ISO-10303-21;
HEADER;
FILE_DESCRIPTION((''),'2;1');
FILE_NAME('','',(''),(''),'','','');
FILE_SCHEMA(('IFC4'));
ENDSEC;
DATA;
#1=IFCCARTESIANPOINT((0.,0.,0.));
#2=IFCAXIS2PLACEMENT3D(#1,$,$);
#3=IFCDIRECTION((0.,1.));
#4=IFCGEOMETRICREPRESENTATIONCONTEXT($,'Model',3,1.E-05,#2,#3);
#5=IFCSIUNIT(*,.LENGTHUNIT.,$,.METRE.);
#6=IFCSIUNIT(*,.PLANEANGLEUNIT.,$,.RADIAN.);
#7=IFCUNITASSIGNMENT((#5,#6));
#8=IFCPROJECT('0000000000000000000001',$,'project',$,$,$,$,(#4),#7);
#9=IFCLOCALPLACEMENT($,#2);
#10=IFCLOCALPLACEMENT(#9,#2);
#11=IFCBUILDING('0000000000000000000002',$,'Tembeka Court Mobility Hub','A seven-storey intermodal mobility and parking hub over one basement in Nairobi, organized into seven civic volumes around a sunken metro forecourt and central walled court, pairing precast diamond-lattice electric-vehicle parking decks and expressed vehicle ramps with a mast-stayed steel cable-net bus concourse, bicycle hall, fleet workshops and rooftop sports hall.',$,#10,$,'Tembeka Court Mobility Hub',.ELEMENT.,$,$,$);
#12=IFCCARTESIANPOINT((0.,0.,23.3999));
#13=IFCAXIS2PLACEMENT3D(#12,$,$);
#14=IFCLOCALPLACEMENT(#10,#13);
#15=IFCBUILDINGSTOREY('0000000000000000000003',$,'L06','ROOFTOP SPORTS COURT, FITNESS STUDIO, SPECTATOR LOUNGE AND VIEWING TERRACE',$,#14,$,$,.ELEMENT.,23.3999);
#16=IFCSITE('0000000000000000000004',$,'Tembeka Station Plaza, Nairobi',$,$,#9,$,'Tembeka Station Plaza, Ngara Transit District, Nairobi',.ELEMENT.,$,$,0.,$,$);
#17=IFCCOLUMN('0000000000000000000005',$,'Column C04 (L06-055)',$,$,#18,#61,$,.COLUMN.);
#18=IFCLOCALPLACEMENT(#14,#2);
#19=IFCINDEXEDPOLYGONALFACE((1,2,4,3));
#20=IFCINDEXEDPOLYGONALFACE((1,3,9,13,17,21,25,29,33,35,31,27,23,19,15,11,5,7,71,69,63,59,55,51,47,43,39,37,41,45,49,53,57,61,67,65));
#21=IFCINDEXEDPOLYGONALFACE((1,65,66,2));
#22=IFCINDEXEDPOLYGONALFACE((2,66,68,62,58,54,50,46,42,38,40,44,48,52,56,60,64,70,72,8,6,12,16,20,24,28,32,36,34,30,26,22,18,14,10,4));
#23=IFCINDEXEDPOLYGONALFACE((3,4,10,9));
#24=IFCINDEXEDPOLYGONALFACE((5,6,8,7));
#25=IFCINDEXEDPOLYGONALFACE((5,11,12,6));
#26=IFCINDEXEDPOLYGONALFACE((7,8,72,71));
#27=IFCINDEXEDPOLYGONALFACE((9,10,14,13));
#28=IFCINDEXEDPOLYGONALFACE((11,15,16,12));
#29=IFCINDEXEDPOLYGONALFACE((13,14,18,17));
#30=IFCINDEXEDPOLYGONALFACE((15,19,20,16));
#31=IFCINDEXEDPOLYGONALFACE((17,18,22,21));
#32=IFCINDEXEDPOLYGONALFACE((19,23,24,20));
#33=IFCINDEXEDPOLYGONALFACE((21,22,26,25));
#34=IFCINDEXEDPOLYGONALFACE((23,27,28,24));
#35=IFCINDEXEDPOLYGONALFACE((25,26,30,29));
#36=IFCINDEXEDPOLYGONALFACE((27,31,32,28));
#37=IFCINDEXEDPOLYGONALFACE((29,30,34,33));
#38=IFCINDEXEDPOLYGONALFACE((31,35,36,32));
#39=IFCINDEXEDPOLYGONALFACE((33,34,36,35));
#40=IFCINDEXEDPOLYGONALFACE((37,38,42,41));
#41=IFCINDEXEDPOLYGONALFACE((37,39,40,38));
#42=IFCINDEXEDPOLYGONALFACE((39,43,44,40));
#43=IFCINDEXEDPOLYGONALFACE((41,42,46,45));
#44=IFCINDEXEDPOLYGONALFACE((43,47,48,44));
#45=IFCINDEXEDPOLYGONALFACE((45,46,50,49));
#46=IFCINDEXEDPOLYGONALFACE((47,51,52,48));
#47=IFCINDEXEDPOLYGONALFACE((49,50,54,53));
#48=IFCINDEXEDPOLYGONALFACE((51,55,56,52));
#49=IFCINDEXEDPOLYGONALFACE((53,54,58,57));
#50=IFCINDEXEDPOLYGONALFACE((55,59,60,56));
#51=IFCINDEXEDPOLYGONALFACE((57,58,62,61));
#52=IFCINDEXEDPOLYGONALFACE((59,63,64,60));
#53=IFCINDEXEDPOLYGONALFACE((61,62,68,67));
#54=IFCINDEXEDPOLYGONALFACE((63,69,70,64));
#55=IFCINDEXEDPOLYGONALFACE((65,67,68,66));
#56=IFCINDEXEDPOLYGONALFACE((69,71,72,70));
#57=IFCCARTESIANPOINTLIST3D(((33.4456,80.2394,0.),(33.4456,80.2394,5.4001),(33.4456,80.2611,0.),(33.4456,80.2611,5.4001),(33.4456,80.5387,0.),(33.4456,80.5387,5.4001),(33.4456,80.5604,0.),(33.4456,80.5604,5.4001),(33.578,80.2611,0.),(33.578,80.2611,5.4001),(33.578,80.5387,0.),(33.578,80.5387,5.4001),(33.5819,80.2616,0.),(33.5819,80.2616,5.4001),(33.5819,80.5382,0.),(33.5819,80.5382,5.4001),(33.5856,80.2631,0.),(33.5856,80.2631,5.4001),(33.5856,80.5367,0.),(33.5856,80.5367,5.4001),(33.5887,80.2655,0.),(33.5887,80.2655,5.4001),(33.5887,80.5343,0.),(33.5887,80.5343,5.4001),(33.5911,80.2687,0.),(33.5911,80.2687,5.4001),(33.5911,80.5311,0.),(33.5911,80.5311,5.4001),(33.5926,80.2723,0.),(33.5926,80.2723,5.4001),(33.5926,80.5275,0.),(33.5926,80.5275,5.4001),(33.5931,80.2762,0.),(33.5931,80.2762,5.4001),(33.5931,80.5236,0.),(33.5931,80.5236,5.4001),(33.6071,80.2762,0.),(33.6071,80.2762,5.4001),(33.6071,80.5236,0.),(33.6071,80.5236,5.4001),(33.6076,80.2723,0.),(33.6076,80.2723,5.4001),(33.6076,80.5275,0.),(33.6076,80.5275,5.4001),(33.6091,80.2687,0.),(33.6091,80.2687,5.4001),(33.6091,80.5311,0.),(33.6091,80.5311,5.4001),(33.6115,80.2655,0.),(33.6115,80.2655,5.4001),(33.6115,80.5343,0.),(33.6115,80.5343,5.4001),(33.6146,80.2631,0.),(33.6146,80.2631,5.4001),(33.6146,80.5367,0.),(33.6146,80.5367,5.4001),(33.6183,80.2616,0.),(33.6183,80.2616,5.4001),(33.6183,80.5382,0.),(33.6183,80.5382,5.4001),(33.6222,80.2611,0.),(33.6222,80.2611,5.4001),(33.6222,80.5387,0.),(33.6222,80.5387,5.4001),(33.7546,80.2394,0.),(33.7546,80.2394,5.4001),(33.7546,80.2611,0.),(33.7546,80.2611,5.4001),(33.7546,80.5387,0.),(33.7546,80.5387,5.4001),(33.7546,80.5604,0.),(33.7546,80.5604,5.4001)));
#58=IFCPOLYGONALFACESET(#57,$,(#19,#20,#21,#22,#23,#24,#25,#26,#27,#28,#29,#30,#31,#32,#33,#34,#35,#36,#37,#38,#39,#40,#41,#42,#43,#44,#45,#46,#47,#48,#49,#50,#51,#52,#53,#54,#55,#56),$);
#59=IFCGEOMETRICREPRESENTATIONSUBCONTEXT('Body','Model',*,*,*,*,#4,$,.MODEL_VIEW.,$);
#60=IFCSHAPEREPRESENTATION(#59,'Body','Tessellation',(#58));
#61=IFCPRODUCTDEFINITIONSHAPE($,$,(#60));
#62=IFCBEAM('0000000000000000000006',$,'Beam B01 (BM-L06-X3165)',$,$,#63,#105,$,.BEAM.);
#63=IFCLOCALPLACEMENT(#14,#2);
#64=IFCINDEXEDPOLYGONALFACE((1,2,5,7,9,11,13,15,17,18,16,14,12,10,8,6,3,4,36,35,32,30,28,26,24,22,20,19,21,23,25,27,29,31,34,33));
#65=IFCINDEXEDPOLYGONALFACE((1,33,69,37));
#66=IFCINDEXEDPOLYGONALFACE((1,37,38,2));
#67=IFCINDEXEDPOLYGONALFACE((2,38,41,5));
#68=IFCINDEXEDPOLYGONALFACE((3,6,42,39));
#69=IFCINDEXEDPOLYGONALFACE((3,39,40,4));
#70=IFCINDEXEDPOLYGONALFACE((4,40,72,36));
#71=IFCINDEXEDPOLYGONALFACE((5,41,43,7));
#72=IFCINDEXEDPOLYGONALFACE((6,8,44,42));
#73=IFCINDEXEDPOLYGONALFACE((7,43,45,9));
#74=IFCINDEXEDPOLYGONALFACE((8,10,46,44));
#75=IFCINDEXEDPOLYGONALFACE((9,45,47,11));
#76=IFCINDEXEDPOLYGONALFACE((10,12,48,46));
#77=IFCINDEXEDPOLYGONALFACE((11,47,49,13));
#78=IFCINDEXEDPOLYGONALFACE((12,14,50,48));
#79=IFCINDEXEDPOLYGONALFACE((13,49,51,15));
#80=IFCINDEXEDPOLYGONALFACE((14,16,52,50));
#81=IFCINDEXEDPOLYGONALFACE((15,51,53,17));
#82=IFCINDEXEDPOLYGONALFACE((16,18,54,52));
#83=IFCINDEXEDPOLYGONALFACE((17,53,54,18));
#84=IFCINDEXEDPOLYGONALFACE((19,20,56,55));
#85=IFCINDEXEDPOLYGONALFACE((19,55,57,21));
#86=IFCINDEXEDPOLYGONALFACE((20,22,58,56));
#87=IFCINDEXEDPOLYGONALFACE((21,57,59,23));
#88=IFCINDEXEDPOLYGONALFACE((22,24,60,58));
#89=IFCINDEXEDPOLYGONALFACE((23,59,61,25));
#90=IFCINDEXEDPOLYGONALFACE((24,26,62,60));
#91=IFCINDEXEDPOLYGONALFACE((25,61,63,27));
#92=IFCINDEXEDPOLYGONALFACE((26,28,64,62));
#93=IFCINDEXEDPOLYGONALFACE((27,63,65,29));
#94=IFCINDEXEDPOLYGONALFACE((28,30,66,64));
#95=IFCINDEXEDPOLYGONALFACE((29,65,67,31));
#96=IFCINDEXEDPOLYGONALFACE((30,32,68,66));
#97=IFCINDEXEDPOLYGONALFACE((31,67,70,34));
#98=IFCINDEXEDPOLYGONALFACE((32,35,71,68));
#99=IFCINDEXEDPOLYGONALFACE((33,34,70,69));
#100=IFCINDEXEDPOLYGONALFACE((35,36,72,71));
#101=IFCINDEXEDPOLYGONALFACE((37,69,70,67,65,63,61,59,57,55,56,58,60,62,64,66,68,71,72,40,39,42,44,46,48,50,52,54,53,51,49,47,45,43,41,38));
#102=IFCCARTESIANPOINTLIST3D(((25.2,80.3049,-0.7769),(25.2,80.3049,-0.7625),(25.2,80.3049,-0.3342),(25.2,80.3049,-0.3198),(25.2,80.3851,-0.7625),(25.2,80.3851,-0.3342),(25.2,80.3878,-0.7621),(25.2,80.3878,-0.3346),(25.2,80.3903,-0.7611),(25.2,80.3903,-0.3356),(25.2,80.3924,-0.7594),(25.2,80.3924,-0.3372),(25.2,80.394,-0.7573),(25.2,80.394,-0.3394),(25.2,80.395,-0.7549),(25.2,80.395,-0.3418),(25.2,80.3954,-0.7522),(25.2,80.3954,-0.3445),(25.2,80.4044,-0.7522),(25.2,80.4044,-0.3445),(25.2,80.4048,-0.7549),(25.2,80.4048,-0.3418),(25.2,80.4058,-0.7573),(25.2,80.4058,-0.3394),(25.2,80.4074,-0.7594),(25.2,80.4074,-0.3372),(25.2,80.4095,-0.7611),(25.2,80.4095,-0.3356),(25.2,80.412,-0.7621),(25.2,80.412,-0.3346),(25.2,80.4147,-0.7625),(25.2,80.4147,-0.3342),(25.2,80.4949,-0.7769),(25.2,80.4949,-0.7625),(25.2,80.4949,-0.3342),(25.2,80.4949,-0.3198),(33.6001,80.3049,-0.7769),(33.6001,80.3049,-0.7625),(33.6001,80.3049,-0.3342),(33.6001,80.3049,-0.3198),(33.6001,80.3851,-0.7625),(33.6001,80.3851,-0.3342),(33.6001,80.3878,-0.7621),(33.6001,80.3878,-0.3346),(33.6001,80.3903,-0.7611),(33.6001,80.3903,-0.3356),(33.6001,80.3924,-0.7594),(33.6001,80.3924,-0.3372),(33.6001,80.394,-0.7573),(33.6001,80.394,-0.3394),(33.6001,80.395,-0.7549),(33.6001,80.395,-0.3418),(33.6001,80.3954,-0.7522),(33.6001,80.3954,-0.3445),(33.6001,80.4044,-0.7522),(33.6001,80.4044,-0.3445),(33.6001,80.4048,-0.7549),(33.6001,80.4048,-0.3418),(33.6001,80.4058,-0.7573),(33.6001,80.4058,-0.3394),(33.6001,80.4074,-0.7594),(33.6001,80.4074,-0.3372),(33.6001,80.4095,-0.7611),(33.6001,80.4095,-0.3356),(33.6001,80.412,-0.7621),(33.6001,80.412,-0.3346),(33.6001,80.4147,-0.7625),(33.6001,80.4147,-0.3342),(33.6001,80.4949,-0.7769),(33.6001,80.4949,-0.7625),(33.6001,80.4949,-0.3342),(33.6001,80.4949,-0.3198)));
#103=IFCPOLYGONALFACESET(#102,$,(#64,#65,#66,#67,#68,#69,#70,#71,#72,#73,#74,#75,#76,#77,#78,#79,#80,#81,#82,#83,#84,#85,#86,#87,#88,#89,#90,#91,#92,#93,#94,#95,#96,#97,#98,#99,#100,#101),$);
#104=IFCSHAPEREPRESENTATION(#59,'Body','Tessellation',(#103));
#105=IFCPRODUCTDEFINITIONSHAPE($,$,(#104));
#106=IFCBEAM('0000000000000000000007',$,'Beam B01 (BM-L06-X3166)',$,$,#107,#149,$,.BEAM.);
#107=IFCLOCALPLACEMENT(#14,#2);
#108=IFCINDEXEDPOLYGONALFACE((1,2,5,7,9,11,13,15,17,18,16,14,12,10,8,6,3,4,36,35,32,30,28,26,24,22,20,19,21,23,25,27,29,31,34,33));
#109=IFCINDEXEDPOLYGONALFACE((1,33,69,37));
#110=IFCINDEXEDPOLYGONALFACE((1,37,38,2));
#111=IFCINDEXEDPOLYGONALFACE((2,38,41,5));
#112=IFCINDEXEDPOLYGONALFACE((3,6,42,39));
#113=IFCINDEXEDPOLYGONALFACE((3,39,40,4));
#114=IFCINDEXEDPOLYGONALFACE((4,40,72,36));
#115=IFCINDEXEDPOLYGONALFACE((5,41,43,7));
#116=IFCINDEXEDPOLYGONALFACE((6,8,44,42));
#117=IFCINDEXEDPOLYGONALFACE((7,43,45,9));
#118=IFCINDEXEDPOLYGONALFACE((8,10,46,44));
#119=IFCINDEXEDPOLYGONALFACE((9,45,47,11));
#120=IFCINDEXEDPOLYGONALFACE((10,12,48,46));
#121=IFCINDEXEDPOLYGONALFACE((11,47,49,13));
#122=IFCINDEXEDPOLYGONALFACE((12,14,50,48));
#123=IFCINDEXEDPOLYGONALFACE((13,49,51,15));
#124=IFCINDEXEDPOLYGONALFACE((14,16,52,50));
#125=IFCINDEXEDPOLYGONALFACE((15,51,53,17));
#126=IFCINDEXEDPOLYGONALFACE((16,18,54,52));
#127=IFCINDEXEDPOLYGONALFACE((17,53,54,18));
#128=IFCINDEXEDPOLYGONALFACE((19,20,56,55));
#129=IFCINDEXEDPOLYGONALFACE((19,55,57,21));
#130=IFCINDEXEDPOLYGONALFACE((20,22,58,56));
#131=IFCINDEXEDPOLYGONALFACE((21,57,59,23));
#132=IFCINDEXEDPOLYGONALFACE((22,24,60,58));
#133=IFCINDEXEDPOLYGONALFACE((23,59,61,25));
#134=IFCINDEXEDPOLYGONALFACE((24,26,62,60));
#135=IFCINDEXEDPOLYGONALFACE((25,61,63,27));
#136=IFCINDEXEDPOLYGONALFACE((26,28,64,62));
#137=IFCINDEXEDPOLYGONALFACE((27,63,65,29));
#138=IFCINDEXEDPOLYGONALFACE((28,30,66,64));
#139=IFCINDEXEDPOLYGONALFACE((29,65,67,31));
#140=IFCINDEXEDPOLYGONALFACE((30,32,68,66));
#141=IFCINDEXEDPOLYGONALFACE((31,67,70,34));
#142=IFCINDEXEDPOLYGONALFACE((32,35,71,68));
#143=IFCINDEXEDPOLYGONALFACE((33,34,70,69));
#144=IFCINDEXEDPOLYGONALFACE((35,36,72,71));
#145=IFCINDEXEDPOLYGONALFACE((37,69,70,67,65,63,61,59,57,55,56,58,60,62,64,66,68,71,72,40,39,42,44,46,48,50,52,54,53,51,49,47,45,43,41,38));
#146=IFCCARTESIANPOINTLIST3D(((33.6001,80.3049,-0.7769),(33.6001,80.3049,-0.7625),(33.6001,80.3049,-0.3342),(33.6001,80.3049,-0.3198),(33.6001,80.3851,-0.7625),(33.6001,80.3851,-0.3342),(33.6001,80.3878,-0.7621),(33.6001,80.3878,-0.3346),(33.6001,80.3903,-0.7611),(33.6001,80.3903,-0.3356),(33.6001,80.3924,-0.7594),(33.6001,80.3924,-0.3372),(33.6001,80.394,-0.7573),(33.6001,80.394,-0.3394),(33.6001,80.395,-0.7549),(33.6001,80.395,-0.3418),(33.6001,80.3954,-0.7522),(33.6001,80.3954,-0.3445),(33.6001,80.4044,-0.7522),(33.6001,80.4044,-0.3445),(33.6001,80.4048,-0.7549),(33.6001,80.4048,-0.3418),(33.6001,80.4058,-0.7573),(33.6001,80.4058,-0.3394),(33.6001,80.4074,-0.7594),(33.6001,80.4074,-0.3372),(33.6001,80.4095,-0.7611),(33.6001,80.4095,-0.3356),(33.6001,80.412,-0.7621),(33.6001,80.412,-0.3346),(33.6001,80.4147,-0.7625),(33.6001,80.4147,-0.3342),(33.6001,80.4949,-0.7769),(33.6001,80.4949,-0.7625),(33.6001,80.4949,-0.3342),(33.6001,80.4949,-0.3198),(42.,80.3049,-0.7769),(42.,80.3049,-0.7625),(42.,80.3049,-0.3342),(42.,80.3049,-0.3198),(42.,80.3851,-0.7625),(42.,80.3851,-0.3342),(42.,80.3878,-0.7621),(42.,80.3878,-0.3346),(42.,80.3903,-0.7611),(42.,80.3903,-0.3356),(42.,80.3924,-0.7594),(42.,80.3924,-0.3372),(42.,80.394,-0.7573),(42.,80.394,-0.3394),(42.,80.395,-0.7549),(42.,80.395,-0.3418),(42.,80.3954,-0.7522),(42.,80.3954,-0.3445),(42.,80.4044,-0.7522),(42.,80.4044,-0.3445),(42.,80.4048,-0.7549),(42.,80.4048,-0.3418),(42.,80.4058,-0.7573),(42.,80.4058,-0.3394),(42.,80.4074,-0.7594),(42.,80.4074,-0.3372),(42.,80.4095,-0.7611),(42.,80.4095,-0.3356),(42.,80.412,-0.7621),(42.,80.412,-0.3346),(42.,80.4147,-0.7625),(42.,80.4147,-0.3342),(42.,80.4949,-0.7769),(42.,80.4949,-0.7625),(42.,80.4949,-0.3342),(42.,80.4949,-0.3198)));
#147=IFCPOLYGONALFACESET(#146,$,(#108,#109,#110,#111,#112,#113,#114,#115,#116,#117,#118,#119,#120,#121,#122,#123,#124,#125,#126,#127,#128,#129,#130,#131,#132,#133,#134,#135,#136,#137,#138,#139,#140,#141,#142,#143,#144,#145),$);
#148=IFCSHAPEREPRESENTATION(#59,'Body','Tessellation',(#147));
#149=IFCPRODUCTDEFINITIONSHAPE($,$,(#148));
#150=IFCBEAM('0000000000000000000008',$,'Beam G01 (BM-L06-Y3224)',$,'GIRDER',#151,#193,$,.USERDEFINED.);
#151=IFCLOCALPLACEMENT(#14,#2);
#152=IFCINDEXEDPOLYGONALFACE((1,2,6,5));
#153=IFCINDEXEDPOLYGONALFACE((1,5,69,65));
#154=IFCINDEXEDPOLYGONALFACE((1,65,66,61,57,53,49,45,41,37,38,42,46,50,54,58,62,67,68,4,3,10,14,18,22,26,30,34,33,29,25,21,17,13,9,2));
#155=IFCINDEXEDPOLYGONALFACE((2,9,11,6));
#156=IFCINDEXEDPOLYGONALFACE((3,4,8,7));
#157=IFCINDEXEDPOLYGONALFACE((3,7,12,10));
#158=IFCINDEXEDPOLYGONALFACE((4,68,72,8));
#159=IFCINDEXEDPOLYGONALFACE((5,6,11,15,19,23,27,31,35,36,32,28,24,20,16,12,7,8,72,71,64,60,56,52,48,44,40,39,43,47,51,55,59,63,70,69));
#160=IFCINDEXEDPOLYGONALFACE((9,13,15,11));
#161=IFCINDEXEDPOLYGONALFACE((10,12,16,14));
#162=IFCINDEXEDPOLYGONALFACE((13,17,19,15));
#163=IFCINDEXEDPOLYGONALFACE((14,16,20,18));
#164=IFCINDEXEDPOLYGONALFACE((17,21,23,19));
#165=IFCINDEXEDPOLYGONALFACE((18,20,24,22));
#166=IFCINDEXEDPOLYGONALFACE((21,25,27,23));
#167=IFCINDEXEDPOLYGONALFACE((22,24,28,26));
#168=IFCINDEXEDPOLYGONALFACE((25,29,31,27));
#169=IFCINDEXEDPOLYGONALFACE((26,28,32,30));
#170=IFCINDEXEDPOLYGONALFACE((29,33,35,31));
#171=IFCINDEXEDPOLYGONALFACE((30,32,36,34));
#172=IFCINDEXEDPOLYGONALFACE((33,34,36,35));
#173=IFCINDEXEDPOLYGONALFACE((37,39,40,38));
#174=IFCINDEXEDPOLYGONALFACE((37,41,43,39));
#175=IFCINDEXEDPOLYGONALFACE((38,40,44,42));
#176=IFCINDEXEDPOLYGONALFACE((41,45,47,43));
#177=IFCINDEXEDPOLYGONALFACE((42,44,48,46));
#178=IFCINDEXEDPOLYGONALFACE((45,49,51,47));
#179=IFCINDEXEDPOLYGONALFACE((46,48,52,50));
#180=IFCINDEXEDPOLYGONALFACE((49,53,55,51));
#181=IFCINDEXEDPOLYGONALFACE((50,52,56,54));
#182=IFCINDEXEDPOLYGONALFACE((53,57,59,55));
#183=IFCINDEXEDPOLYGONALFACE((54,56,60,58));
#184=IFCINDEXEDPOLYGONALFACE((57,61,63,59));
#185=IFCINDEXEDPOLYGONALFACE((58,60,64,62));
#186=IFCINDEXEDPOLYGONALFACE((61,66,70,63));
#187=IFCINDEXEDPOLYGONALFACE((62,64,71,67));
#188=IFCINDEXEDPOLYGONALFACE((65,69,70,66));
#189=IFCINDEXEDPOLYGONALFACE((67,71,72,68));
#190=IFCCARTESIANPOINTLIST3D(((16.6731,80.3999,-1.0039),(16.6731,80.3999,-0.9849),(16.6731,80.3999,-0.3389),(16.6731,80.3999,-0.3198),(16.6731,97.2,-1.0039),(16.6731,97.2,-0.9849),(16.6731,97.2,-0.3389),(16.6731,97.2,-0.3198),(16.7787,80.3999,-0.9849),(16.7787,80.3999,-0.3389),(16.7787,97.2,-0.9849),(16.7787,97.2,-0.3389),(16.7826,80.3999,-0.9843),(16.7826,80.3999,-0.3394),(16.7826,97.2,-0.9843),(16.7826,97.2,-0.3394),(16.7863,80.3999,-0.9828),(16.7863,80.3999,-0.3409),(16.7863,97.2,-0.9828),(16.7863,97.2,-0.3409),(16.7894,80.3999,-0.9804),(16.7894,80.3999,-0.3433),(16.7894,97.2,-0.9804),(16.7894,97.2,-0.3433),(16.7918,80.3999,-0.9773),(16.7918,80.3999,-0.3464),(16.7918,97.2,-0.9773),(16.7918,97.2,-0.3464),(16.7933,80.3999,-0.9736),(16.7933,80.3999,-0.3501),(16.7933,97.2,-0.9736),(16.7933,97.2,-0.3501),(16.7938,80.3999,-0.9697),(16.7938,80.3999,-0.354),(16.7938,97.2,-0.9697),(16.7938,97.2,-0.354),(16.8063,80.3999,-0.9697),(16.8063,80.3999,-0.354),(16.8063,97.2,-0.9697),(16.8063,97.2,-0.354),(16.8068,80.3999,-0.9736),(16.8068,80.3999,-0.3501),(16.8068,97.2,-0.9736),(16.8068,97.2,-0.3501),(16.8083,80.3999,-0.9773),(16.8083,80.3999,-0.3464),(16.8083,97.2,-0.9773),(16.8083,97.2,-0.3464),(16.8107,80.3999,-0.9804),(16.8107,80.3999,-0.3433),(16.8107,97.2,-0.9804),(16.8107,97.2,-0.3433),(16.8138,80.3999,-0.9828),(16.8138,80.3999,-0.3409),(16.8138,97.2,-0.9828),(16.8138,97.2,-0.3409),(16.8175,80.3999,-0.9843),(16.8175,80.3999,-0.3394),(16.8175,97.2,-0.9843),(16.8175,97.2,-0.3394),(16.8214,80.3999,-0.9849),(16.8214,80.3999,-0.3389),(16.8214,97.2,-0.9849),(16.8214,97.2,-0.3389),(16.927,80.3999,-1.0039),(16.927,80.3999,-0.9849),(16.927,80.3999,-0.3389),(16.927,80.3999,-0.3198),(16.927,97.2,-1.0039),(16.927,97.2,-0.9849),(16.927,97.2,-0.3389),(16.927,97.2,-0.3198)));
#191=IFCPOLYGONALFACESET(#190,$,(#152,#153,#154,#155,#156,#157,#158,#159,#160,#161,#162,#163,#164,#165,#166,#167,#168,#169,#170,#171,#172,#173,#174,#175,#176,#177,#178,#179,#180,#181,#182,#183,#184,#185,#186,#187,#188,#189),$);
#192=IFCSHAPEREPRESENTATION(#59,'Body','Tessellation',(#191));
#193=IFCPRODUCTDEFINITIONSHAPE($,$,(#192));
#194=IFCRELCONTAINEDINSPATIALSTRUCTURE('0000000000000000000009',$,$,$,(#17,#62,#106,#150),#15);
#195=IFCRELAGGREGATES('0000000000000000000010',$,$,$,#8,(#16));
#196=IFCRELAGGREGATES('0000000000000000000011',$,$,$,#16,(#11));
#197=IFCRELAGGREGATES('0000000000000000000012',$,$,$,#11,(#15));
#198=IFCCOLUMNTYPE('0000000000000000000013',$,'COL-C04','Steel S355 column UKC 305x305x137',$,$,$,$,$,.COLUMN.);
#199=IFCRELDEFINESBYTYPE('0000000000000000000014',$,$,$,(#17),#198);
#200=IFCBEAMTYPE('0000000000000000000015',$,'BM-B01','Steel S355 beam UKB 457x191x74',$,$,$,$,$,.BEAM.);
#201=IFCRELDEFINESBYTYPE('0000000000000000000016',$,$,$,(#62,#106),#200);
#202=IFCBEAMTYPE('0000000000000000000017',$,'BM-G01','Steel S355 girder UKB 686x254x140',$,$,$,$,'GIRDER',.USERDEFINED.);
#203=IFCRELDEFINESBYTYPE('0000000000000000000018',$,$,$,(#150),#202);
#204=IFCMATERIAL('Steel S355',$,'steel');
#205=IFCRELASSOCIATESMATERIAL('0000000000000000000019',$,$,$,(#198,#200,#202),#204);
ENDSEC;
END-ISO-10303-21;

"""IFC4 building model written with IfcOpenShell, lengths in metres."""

from ifc_helpers import new_model, si_unit, direction, frame, origin, origin_2d, place, context, subcontext, project, spatial, i_section, extrude, material, material_profile, profile_set, type_object, element, save


model = new_model("IFC4")

# Units and contexts
model_context = context("Model", 3, precision=1e-05, world=origin(), true_north=direction((0.0, 1.0)))
body_context = subcontext(model_context, "Body", "Model", "MODEL_VIEW")
ifc_project = project(units=[si_unit("LENGTHUNIT", "METRE"), si_unit("PLANEANGLEUNIT", "RADIAN")], contexts=[model_context])

# Site, building, storey
site_placement = place(None, origin())
site = spatial("IfcSite", under=ifc_project, at=site_placement, Name="Tembeka Station Plaza, Nairobi", LongName="Tembeka Station Plaza, Ngara Transit District, Nairobi", CompositionType="ELEMENT", RefElevation=0.0)
building_placement = place(site_placement, origin())
building = spatial("IfcBuilding", under=site, at=building_placement, Name="Tembeka Court Mobility Hub", Description="A seven-storey intermodal mobility and parking hub over one basement in Nairobi, organized into seven civic volumes around a sunken metro forecourt and central walled court, pairing precast diamond-lattice electric-vehicle parking decks and expressed vehicle ramps with a mast-stayed steel cable-net bus concourse, bicycle hall, fleet workshops and rooftop sports hall.", LongName="Tembeka Court Mobility Hub", CompositionType="ELEMENT")
storey_placement = place(building_placement, frame((0.0, 0.0, 23.3999)))
storey = spatial("IfcBuildingStorey", under=building, at=storey_placement, Name="L06", Description="ROOFTOP SPORTS COURT, FITNESS STUDIO, SPECTATOR LOUNGE AND VIEWING TERRACE", CompositionType="ELEMENT", Elevation=23.3999)

# Column
ifc_material_1 = material(Name="Steel S355", Category="steel")
ifc_material_profile_1 = material_profile(ifc_material_1, i_section(OverallWidth=0.3091, OverallDepth=0.321, WebThickness=0.0139, FlangeThickness=0.0217, FilletRadius=0.0151, at=origin_2d()), Name="UKC 305x305x137")
ifc_profile_set_1 = profile_set([ifc_material_profile_1], Name="Steel S355")
column_type = type_object("IfcColumnType", Name="COL-C04", Description="Steel S355 column UKC 305x305x137", PredefinedType="COLUMN", material=ifc_profile_set_1)
column_placement = place(storey_placement, frame((33.6001, 80.3999, 0.0), z_axis=(0.0, 0.0, 1.0), x_axis=(1.0, 0.0, 0.0)))
element("IfcColumn", 1, at=column_placement, inside=storey, type_object=column_type, Name="Column C04 (L06-055)", PredefinedType="COLUMN", context=body_context, shape_type="SweptSolid", body=[
    extrude(i_section(OverallWidth=0.3091, OverallDepth=0.321, WebThickness=0.0139, FlangeThickness=0.0217, FilletRadius=0.0151, at=origin_2d()), origin(), (0.0, 0.0, 1.0), 5.4001),
])

# Beams
ifc_material_profile_2 = material_profile(ifc_material_1, i_section(OverallWidth=0.1899, OverallDepth=0.457, WebThickness=0.009, FlangeThickness=0.0144, FilletRadius=0.0103, at=origin_2d()), Name="UKB 457x191x74")
ifc_profile_set_2 = profile_set([ifc_material_profile_2], Name="Steel S355")
beam_type_1 = type_object("IfcBeamType", Name="BM-B01", Description="Steel S355 beam UKB 457x191x74", PredefinedType="BEAM", material=ifc_profile_set_2)
beam_1_placement = place(storey_placement, frame((25.2, 80.3999, -0.5483), z_axis=(1.0, 0.0, 0.0), x_axis=(0.0, 1.0, 0.0)))
element("IfcBeam", 2, at=beam_1_placement, inside=storey, type_object=beam_type_1, Name="Beam B01 (BM-L06-X3165)", PredefinedType="BEAM", context=body_context, shape_type="SweptSolid", body=[
    extrude(i_section(OverallWidth=0.1899, OverallDepth=0.457, WebThickness=0.009, FlangeThickness=0.0144, FilletRadius=0.0103, at=origin_2d()), origin(), (0.0, 0.0, 1.0), 8.4001),
])
beam_2_placement = place(storey_placement, frame((33.6001, 80.3999, -0.5483), z_axis=(1.0, 0.0, 0.0), x_axis=(0.0, 1.0, 0.0)))
element("IfcBeam", 3, at=beam_2_placement, inside=storey, type_object=beam_type_1, Name="Beam B01 (BM-L06-X3166)", PredefinedType="BEAM", context=body_context, shape_type="SweptSolid", body=[
    extrude(i_section(OverallWidth=0.1899, OverallDepth=0.457, WebThickness=0.009, FlangeThickness=0.0144, FilletRadius=0.0103, at=origin_2d()), origin(), (0.0, 0.0, 1.0), 8.3999),
])
ifc_material_profile_3 = material_profile(ifc_material_1, i_section(OverallWidth=0.2539, OverallDepth=0.6841, WebThickness=0.0125, FlangeThickness=0.019, FilletRadius=0.0151, at=origin_2d()), Name="UKB 686x254x140")
ifc_profile_set_3 = profile_set([ifc_material_profile_3], Name="Steel S355")
beam_type_2 = type_object("IfcBeamType", Name="BM-G01", Description="Steel S355 girder UKB 686x254x140", ElementType="GIRDER", PredefinedType="USERDEFINED", material=ifc_profile_set_3)
for number, where, z_axis, x_axis, name in (
    (4, (16.8, 80.3999, -0.6619), (0.0, 1.0, 0.0), (-1.0, 0.0, 0.0), "Beam G01 (BM-L06-Y3224)"),
):
    element("IfcBeam", number, at=place(storey_placement, frame(where, z_axis=z_axis, x_axis=x_axis)), inside=storey, type_object=beam_type_2, Name=name, ObjectType="GIRDER", PredefinedType="USERDEFINED", context=body_context, shape_type="SweptSolid", body=[
        extrude(i_section(OverallWidth=0.2539, OverallDepth=0.6841, WebThickness=0.0125, FlangeThickness=0.019, FilletRadius=0.0151, at=origin_2d()), origin(), (0.0, 0.0, 1.0), 16.8),
    ])

save(model, "model.ifc")
